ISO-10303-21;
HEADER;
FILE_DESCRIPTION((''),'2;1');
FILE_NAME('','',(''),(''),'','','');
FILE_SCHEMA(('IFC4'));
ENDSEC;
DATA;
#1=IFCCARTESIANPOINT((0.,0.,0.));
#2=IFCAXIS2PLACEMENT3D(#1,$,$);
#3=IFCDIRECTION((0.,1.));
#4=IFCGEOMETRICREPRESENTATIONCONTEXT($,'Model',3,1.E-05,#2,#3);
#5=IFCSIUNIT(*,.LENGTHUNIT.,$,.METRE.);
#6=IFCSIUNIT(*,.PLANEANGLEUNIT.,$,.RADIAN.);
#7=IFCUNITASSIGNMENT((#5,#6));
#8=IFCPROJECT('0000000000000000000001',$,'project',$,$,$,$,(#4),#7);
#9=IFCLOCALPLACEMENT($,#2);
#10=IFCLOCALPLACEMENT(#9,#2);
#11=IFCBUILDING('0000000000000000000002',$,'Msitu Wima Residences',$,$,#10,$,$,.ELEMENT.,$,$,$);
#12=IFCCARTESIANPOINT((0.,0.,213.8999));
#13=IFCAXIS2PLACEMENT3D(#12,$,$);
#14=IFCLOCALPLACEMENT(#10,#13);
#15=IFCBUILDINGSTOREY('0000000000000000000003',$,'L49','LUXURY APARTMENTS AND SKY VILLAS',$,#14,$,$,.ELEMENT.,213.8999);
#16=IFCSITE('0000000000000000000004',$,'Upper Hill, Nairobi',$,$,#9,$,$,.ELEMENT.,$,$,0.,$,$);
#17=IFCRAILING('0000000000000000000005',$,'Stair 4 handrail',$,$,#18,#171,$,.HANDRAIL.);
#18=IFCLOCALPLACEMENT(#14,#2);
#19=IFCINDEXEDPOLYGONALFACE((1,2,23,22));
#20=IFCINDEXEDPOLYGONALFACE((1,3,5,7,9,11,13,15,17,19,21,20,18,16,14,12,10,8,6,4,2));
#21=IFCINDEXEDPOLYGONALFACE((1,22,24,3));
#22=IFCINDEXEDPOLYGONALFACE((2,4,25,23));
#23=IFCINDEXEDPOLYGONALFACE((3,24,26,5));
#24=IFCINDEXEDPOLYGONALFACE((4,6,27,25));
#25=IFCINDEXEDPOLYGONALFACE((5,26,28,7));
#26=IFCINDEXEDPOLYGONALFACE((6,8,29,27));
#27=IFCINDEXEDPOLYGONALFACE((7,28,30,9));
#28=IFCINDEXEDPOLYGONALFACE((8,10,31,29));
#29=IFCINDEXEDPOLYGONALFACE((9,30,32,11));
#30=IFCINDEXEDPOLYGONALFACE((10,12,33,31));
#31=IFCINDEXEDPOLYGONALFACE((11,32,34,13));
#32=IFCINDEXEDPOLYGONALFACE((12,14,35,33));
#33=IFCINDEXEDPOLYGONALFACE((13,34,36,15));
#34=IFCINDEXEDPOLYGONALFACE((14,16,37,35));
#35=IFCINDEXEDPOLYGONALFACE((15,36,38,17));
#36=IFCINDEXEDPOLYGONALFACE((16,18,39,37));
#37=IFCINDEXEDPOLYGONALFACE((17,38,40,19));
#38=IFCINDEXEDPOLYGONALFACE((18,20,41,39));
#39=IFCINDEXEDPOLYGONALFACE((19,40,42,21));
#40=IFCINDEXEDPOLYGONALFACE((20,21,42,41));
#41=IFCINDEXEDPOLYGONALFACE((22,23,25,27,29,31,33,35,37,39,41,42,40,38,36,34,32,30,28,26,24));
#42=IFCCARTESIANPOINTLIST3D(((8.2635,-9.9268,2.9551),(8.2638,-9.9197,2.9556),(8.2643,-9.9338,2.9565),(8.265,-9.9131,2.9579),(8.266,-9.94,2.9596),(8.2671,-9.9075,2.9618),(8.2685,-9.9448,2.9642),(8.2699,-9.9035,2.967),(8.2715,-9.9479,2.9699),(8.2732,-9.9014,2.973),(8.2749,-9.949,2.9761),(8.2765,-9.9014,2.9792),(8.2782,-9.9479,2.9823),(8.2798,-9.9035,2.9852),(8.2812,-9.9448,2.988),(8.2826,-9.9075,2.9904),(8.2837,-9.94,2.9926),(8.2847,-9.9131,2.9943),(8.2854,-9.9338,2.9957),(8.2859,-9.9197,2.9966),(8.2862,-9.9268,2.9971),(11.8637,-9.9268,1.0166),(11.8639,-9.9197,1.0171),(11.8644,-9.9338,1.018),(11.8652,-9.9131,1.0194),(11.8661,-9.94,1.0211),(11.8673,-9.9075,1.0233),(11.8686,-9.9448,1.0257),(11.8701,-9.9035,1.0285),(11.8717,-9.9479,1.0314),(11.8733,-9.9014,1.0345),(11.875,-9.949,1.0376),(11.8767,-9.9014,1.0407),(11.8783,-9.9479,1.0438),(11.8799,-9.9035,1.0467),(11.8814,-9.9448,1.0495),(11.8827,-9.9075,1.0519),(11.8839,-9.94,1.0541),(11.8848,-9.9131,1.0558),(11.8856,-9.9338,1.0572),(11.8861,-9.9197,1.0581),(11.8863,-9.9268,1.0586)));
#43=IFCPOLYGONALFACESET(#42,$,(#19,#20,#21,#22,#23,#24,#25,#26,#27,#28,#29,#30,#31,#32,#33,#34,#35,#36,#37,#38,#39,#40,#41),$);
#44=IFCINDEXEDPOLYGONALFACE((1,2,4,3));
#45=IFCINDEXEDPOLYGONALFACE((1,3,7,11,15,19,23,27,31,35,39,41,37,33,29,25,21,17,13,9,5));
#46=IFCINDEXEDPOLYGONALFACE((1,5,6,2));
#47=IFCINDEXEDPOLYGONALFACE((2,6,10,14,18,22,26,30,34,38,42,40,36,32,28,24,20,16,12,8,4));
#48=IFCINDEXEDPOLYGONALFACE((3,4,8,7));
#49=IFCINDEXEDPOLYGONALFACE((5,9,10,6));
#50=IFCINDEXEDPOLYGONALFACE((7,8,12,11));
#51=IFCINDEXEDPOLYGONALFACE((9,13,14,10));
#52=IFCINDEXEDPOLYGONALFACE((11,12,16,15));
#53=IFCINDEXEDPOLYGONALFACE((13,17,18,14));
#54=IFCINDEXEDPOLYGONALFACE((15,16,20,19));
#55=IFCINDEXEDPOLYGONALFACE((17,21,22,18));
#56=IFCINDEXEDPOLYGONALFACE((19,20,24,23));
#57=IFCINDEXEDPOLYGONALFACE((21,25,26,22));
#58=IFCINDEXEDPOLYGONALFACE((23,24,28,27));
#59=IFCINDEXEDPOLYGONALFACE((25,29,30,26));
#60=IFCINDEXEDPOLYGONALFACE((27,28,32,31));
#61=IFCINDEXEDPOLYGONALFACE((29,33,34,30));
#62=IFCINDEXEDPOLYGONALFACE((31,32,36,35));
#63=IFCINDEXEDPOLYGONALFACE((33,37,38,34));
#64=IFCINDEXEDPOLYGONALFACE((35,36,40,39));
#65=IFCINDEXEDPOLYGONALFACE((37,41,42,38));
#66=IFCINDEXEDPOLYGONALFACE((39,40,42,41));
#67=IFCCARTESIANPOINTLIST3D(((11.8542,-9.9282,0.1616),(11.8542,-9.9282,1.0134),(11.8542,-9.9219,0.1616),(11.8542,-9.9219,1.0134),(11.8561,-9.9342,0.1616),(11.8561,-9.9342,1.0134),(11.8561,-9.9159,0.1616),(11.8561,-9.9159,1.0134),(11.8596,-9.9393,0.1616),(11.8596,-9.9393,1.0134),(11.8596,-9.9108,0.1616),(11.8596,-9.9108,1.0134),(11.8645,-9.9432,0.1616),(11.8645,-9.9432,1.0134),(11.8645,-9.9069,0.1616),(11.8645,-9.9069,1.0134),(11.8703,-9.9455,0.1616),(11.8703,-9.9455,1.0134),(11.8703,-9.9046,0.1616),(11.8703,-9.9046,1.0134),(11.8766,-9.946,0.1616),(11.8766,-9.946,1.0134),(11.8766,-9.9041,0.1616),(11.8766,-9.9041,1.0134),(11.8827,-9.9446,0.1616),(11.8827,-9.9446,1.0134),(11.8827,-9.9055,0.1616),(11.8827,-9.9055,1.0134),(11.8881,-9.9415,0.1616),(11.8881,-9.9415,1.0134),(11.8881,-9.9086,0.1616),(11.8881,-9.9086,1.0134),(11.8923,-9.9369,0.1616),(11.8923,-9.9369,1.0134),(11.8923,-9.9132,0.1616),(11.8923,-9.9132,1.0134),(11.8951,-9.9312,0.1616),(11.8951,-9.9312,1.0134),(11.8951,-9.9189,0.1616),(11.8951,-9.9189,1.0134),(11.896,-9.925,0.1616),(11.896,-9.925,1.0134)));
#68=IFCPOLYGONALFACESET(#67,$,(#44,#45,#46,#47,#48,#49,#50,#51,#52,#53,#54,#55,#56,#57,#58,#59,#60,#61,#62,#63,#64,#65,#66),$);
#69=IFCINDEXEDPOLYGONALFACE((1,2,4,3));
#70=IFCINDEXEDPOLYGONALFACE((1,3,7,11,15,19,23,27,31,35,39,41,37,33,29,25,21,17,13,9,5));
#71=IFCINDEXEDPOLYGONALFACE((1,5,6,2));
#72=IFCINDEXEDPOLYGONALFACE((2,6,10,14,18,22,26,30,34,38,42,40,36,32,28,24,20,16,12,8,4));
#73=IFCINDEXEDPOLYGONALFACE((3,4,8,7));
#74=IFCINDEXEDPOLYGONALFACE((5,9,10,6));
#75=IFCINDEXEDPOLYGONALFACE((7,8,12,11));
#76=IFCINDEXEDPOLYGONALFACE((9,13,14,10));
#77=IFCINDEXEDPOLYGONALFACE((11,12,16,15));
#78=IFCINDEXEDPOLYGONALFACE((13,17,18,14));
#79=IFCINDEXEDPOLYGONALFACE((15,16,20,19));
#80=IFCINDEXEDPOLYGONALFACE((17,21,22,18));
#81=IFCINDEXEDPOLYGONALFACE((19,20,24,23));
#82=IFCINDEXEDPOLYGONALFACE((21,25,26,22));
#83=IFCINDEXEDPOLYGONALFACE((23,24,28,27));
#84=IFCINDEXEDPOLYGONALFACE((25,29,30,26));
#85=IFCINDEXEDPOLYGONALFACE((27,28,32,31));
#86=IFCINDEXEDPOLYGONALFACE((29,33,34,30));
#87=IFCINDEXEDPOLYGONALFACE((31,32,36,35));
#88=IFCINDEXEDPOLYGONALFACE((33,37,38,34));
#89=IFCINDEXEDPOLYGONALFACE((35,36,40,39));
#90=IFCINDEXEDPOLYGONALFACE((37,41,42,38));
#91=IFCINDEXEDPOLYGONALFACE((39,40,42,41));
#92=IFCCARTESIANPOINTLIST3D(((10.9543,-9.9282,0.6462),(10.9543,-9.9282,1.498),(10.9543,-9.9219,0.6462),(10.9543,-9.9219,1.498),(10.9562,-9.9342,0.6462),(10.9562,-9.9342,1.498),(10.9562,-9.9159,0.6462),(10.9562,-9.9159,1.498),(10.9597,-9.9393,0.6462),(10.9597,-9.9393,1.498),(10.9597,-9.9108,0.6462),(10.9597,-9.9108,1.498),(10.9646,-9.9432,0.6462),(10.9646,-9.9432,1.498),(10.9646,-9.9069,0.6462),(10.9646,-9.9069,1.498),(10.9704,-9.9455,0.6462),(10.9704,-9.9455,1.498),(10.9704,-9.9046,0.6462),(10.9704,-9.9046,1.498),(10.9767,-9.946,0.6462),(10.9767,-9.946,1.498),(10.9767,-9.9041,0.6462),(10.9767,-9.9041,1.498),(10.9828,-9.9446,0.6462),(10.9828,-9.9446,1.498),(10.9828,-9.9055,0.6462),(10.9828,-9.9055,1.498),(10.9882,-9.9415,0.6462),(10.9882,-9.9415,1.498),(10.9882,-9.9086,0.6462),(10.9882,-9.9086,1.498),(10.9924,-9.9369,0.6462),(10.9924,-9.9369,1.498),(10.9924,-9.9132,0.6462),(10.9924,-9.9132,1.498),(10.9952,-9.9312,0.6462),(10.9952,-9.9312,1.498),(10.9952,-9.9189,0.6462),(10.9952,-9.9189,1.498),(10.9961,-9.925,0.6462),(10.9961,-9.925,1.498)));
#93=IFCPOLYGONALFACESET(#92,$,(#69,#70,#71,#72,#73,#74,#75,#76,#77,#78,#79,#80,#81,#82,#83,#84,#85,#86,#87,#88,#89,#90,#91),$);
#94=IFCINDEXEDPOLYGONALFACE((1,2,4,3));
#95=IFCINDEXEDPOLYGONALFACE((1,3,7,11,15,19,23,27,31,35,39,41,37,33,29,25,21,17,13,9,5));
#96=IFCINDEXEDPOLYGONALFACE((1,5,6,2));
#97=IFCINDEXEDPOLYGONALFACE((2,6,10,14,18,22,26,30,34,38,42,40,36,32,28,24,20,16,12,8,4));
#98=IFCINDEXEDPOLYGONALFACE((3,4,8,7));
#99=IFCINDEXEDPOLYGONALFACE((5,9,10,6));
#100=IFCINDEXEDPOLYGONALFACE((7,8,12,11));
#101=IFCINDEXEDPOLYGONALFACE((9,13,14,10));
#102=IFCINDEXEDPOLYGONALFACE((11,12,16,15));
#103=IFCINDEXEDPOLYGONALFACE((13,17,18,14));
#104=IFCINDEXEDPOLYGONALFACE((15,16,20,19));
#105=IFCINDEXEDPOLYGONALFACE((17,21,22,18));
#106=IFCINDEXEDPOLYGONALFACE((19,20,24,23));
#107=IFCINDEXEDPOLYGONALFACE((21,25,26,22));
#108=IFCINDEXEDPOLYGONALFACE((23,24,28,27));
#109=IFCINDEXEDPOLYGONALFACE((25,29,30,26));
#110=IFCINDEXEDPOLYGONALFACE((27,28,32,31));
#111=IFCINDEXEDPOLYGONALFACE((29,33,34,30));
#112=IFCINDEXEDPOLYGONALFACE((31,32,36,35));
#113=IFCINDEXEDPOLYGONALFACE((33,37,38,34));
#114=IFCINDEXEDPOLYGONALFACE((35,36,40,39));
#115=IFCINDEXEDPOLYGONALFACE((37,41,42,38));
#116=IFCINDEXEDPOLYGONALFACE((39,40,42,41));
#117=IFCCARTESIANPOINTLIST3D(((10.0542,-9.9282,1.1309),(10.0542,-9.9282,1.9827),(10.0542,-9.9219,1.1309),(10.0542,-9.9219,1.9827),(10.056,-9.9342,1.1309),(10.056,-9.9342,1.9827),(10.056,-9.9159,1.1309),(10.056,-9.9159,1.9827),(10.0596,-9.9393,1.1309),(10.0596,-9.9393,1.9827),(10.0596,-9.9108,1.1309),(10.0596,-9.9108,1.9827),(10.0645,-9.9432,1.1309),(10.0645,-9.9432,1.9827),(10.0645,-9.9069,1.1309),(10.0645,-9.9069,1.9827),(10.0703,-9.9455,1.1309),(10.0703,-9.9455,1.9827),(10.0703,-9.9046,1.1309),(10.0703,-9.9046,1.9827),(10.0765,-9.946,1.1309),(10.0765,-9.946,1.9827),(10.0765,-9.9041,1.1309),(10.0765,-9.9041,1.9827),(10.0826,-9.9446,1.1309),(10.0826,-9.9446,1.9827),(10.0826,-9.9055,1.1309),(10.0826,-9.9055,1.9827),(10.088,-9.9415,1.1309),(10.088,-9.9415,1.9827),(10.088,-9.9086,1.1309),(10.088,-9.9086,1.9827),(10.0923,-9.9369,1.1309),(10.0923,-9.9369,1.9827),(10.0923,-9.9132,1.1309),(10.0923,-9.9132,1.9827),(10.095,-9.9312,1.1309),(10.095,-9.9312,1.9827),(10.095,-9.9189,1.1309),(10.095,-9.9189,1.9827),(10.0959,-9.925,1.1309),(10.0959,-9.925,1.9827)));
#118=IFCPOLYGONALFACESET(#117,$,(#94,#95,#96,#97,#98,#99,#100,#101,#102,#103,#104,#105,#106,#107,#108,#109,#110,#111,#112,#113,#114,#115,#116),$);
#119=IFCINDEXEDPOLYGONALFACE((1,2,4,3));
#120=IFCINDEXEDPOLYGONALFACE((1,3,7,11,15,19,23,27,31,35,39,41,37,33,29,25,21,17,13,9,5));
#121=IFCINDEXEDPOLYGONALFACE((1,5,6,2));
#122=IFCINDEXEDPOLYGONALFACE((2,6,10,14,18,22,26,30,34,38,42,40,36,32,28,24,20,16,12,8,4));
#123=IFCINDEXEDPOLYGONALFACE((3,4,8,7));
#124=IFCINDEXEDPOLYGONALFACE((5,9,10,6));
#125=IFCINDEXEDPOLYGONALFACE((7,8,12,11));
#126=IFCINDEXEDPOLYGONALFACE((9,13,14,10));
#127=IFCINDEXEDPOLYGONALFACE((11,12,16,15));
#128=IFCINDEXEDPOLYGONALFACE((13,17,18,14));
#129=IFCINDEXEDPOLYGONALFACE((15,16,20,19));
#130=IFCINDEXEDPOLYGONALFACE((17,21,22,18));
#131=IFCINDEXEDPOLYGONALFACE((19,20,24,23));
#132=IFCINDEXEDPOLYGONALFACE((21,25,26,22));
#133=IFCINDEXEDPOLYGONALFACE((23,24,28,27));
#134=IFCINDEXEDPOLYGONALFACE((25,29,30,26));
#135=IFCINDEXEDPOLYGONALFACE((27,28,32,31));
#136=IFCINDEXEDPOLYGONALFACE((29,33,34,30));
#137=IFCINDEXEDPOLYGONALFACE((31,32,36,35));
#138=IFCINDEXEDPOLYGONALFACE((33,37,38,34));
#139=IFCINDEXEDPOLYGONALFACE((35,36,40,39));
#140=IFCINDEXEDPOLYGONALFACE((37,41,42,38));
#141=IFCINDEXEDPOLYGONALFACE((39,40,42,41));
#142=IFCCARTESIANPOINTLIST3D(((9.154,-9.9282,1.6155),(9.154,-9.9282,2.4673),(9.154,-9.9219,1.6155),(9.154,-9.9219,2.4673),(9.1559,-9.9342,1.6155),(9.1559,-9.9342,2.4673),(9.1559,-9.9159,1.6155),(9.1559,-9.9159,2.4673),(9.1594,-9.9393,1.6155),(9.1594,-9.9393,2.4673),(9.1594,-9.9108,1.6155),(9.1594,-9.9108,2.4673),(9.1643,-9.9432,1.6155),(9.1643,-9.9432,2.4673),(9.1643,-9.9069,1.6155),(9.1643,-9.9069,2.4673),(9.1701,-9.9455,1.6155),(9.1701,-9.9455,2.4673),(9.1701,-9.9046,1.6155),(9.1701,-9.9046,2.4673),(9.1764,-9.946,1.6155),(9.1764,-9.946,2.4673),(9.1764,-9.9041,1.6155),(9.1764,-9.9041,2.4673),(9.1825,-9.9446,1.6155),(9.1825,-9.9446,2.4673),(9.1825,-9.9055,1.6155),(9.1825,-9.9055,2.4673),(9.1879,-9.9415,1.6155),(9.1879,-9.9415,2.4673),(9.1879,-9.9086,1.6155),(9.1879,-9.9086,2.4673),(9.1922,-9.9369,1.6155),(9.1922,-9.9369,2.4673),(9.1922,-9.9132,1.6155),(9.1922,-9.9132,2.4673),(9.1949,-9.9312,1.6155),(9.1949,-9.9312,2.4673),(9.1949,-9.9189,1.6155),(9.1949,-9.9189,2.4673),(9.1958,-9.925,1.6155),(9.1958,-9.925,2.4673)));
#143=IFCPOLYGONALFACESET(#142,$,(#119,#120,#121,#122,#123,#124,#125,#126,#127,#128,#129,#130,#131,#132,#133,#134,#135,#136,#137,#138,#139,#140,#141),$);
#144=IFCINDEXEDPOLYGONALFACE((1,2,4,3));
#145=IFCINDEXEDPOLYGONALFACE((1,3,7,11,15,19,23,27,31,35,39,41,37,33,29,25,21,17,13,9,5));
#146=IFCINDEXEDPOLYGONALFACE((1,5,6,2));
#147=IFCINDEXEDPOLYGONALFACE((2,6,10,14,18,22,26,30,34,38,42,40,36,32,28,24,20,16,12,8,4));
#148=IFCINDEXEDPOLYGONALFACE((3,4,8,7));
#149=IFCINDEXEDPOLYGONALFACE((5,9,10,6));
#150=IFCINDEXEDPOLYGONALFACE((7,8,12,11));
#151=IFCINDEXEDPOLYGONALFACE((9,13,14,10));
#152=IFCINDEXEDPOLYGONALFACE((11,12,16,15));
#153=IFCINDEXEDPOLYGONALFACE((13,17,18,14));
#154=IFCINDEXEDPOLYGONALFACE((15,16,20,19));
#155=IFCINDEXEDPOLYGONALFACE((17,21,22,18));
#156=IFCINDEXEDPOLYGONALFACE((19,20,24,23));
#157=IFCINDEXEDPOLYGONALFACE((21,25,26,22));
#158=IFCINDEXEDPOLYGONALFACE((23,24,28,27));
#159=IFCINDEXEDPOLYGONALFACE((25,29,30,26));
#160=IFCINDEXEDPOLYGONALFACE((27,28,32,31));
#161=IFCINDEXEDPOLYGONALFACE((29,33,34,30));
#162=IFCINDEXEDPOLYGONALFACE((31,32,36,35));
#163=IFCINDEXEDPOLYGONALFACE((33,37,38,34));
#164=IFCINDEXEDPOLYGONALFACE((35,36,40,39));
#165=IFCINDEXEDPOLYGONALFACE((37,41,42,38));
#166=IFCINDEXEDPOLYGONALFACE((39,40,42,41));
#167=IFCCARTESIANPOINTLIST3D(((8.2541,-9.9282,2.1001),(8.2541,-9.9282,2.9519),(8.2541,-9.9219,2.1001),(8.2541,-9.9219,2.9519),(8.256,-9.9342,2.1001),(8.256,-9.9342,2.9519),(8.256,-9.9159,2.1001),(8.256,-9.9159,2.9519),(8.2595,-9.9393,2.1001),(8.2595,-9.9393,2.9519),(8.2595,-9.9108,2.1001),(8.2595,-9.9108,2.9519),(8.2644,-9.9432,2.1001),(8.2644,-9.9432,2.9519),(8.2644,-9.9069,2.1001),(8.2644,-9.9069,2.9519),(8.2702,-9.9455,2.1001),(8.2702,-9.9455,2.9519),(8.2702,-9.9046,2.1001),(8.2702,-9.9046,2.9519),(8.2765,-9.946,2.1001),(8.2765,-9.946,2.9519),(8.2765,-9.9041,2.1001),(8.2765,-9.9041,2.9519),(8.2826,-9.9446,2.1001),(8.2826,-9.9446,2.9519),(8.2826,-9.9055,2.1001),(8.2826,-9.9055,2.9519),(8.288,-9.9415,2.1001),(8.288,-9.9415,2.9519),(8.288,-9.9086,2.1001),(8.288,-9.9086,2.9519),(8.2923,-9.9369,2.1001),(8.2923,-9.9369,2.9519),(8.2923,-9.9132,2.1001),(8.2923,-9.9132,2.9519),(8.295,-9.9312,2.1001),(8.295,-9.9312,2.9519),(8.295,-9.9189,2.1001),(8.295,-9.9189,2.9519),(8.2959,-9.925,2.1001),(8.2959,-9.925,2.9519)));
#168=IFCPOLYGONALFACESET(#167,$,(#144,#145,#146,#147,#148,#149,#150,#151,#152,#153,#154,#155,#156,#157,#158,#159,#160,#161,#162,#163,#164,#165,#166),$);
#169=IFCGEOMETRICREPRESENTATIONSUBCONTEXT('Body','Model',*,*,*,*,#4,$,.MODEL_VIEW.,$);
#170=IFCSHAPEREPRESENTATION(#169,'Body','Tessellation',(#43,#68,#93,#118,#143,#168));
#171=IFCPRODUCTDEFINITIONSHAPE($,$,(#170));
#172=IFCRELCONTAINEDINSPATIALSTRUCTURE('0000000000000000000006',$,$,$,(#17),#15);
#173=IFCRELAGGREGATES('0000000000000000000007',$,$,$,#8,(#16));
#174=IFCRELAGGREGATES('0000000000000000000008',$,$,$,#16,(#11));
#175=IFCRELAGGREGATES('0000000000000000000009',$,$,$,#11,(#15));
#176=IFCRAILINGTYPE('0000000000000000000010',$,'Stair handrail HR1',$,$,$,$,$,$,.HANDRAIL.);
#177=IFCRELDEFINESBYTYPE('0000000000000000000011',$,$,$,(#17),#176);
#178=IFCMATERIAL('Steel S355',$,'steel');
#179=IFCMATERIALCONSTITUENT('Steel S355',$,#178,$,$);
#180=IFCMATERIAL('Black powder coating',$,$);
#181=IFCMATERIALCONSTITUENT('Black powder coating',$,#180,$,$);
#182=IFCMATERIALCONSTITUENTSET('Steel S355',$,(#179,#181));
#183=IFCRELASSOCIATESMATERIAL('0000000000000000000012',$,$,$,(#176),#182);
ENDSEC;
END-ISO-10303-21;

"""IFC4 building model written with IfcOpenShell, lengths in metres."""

from ifc_helpers import new_model, si_unit, direction, frame, origin, origin_2d, place, context, subcontext, project, spatial, circle, extrude, material, constituent, constituent_set, type_object, element, save


model = new_model("IFC4")

# Units and contexts
model_context = context("Model", 3, precision=1e-05, world=origin(), true_north=direction((0.0, 1.0)))
body_context = subcontext(model_context, "Body", "Model", "MODEL_VIEW")
ifc_project = project(units=[si_unit("LENGTHUNIT", "METRE"), si_unit("PLANEANGLEUNIT", "RADIAN")], contexts=[model_context])

# Site, building, storey
site_placement = place(None, origin())
site = spatial("IfcSite", under=ifc_project, at=site_placement, Name="Upper Hill, Nairobi", CompositionType="ELEMENT", RefElevation=0.0)
building_placement = place(site_placement, origin())
building = spatial("IfcBuilding", under=site, at=building_placement, Name="Msitu Wima Residences", CompositionType="ELEMENT")
storey_placement = place(building_placement, frame((0.0, 0.0, 213.8999)))
storey = spatial("IfcBuildingStorey", under=building, at=storey_placement, Name="L49", Description="LUXURY APARTMENTS AND SKY VILLAS", CompositionType="ELEMENT", Elevation=213.8999)

# Railing
ifc_material_1 = material(Name="Steel S355", Category="steel")
ifc_constituent_1 = constituent(ifc_material_1, Name="Steel S355")
ifc_material_2 = material(Name="Black powder coating")
ifc_constituent_2 = constituent(ifc_material_2, Name="Black powder coating")
ifc_constituent_set = constituent_set(constituents=[ifc_constituent_1, ifc_constituent_2], Name="Steel S355")
railing_type = type_object("IfcRailingType", Name="Stair handrail HR1", PredefinedType="HANDRAIL", material=ifc_constituent_set)
for number, where, name in (
    (1, (11.875, -9.925, 0.1616), "Stair 4 handrail"),
):
    element("IfcRailing", number, at=place(storey_placement, frame(where)), inside=storey, type_object=railing_type, Name=name, PredefinedType="HANDRAIL", context=body_context, shape_type="SweptSolid", body=[
        extrude(circle(Radius=0.0239, at=origin_2d()), frame((0.0, 0.0, 0.876), z_axis=(-0.880475, 0.0, 0.474093), x_axis=(0.0, -1.0, 0.0)), (0.0, 0.0, 1.0), 4.0889),
        extrude(circle(Radius=0.021, at=origin_2d()), origin(), (0.0, 0.0, 1.0), 0.8518),
        extrude(circle(Radius=0.021, at=origin_2d()), frame((-0.8999, 0.0, 0.4846)), (0.0, 0.0, 1.0), 0.8518),
        extrude(circle(Radius=0.021, at=origin_2d()), frame((-1.8, 0.0, 0.9692)), (0.0, 0.0, 1.0), 0.8518),
        extrude(circle(Radius=0.021, at=origin_2d()), frame((-2.7002, 0.0, 1.4539)), (0.0, 0.0, 1.0), 0.8518),
        extrude(circle(Radius=0.021, at=origin_2d()), frame((-3.6001, 0.0, 1.9385)), (0.0, 0.0, 1.0), 0.8518),
    ])

save(model, "model.ifc")
